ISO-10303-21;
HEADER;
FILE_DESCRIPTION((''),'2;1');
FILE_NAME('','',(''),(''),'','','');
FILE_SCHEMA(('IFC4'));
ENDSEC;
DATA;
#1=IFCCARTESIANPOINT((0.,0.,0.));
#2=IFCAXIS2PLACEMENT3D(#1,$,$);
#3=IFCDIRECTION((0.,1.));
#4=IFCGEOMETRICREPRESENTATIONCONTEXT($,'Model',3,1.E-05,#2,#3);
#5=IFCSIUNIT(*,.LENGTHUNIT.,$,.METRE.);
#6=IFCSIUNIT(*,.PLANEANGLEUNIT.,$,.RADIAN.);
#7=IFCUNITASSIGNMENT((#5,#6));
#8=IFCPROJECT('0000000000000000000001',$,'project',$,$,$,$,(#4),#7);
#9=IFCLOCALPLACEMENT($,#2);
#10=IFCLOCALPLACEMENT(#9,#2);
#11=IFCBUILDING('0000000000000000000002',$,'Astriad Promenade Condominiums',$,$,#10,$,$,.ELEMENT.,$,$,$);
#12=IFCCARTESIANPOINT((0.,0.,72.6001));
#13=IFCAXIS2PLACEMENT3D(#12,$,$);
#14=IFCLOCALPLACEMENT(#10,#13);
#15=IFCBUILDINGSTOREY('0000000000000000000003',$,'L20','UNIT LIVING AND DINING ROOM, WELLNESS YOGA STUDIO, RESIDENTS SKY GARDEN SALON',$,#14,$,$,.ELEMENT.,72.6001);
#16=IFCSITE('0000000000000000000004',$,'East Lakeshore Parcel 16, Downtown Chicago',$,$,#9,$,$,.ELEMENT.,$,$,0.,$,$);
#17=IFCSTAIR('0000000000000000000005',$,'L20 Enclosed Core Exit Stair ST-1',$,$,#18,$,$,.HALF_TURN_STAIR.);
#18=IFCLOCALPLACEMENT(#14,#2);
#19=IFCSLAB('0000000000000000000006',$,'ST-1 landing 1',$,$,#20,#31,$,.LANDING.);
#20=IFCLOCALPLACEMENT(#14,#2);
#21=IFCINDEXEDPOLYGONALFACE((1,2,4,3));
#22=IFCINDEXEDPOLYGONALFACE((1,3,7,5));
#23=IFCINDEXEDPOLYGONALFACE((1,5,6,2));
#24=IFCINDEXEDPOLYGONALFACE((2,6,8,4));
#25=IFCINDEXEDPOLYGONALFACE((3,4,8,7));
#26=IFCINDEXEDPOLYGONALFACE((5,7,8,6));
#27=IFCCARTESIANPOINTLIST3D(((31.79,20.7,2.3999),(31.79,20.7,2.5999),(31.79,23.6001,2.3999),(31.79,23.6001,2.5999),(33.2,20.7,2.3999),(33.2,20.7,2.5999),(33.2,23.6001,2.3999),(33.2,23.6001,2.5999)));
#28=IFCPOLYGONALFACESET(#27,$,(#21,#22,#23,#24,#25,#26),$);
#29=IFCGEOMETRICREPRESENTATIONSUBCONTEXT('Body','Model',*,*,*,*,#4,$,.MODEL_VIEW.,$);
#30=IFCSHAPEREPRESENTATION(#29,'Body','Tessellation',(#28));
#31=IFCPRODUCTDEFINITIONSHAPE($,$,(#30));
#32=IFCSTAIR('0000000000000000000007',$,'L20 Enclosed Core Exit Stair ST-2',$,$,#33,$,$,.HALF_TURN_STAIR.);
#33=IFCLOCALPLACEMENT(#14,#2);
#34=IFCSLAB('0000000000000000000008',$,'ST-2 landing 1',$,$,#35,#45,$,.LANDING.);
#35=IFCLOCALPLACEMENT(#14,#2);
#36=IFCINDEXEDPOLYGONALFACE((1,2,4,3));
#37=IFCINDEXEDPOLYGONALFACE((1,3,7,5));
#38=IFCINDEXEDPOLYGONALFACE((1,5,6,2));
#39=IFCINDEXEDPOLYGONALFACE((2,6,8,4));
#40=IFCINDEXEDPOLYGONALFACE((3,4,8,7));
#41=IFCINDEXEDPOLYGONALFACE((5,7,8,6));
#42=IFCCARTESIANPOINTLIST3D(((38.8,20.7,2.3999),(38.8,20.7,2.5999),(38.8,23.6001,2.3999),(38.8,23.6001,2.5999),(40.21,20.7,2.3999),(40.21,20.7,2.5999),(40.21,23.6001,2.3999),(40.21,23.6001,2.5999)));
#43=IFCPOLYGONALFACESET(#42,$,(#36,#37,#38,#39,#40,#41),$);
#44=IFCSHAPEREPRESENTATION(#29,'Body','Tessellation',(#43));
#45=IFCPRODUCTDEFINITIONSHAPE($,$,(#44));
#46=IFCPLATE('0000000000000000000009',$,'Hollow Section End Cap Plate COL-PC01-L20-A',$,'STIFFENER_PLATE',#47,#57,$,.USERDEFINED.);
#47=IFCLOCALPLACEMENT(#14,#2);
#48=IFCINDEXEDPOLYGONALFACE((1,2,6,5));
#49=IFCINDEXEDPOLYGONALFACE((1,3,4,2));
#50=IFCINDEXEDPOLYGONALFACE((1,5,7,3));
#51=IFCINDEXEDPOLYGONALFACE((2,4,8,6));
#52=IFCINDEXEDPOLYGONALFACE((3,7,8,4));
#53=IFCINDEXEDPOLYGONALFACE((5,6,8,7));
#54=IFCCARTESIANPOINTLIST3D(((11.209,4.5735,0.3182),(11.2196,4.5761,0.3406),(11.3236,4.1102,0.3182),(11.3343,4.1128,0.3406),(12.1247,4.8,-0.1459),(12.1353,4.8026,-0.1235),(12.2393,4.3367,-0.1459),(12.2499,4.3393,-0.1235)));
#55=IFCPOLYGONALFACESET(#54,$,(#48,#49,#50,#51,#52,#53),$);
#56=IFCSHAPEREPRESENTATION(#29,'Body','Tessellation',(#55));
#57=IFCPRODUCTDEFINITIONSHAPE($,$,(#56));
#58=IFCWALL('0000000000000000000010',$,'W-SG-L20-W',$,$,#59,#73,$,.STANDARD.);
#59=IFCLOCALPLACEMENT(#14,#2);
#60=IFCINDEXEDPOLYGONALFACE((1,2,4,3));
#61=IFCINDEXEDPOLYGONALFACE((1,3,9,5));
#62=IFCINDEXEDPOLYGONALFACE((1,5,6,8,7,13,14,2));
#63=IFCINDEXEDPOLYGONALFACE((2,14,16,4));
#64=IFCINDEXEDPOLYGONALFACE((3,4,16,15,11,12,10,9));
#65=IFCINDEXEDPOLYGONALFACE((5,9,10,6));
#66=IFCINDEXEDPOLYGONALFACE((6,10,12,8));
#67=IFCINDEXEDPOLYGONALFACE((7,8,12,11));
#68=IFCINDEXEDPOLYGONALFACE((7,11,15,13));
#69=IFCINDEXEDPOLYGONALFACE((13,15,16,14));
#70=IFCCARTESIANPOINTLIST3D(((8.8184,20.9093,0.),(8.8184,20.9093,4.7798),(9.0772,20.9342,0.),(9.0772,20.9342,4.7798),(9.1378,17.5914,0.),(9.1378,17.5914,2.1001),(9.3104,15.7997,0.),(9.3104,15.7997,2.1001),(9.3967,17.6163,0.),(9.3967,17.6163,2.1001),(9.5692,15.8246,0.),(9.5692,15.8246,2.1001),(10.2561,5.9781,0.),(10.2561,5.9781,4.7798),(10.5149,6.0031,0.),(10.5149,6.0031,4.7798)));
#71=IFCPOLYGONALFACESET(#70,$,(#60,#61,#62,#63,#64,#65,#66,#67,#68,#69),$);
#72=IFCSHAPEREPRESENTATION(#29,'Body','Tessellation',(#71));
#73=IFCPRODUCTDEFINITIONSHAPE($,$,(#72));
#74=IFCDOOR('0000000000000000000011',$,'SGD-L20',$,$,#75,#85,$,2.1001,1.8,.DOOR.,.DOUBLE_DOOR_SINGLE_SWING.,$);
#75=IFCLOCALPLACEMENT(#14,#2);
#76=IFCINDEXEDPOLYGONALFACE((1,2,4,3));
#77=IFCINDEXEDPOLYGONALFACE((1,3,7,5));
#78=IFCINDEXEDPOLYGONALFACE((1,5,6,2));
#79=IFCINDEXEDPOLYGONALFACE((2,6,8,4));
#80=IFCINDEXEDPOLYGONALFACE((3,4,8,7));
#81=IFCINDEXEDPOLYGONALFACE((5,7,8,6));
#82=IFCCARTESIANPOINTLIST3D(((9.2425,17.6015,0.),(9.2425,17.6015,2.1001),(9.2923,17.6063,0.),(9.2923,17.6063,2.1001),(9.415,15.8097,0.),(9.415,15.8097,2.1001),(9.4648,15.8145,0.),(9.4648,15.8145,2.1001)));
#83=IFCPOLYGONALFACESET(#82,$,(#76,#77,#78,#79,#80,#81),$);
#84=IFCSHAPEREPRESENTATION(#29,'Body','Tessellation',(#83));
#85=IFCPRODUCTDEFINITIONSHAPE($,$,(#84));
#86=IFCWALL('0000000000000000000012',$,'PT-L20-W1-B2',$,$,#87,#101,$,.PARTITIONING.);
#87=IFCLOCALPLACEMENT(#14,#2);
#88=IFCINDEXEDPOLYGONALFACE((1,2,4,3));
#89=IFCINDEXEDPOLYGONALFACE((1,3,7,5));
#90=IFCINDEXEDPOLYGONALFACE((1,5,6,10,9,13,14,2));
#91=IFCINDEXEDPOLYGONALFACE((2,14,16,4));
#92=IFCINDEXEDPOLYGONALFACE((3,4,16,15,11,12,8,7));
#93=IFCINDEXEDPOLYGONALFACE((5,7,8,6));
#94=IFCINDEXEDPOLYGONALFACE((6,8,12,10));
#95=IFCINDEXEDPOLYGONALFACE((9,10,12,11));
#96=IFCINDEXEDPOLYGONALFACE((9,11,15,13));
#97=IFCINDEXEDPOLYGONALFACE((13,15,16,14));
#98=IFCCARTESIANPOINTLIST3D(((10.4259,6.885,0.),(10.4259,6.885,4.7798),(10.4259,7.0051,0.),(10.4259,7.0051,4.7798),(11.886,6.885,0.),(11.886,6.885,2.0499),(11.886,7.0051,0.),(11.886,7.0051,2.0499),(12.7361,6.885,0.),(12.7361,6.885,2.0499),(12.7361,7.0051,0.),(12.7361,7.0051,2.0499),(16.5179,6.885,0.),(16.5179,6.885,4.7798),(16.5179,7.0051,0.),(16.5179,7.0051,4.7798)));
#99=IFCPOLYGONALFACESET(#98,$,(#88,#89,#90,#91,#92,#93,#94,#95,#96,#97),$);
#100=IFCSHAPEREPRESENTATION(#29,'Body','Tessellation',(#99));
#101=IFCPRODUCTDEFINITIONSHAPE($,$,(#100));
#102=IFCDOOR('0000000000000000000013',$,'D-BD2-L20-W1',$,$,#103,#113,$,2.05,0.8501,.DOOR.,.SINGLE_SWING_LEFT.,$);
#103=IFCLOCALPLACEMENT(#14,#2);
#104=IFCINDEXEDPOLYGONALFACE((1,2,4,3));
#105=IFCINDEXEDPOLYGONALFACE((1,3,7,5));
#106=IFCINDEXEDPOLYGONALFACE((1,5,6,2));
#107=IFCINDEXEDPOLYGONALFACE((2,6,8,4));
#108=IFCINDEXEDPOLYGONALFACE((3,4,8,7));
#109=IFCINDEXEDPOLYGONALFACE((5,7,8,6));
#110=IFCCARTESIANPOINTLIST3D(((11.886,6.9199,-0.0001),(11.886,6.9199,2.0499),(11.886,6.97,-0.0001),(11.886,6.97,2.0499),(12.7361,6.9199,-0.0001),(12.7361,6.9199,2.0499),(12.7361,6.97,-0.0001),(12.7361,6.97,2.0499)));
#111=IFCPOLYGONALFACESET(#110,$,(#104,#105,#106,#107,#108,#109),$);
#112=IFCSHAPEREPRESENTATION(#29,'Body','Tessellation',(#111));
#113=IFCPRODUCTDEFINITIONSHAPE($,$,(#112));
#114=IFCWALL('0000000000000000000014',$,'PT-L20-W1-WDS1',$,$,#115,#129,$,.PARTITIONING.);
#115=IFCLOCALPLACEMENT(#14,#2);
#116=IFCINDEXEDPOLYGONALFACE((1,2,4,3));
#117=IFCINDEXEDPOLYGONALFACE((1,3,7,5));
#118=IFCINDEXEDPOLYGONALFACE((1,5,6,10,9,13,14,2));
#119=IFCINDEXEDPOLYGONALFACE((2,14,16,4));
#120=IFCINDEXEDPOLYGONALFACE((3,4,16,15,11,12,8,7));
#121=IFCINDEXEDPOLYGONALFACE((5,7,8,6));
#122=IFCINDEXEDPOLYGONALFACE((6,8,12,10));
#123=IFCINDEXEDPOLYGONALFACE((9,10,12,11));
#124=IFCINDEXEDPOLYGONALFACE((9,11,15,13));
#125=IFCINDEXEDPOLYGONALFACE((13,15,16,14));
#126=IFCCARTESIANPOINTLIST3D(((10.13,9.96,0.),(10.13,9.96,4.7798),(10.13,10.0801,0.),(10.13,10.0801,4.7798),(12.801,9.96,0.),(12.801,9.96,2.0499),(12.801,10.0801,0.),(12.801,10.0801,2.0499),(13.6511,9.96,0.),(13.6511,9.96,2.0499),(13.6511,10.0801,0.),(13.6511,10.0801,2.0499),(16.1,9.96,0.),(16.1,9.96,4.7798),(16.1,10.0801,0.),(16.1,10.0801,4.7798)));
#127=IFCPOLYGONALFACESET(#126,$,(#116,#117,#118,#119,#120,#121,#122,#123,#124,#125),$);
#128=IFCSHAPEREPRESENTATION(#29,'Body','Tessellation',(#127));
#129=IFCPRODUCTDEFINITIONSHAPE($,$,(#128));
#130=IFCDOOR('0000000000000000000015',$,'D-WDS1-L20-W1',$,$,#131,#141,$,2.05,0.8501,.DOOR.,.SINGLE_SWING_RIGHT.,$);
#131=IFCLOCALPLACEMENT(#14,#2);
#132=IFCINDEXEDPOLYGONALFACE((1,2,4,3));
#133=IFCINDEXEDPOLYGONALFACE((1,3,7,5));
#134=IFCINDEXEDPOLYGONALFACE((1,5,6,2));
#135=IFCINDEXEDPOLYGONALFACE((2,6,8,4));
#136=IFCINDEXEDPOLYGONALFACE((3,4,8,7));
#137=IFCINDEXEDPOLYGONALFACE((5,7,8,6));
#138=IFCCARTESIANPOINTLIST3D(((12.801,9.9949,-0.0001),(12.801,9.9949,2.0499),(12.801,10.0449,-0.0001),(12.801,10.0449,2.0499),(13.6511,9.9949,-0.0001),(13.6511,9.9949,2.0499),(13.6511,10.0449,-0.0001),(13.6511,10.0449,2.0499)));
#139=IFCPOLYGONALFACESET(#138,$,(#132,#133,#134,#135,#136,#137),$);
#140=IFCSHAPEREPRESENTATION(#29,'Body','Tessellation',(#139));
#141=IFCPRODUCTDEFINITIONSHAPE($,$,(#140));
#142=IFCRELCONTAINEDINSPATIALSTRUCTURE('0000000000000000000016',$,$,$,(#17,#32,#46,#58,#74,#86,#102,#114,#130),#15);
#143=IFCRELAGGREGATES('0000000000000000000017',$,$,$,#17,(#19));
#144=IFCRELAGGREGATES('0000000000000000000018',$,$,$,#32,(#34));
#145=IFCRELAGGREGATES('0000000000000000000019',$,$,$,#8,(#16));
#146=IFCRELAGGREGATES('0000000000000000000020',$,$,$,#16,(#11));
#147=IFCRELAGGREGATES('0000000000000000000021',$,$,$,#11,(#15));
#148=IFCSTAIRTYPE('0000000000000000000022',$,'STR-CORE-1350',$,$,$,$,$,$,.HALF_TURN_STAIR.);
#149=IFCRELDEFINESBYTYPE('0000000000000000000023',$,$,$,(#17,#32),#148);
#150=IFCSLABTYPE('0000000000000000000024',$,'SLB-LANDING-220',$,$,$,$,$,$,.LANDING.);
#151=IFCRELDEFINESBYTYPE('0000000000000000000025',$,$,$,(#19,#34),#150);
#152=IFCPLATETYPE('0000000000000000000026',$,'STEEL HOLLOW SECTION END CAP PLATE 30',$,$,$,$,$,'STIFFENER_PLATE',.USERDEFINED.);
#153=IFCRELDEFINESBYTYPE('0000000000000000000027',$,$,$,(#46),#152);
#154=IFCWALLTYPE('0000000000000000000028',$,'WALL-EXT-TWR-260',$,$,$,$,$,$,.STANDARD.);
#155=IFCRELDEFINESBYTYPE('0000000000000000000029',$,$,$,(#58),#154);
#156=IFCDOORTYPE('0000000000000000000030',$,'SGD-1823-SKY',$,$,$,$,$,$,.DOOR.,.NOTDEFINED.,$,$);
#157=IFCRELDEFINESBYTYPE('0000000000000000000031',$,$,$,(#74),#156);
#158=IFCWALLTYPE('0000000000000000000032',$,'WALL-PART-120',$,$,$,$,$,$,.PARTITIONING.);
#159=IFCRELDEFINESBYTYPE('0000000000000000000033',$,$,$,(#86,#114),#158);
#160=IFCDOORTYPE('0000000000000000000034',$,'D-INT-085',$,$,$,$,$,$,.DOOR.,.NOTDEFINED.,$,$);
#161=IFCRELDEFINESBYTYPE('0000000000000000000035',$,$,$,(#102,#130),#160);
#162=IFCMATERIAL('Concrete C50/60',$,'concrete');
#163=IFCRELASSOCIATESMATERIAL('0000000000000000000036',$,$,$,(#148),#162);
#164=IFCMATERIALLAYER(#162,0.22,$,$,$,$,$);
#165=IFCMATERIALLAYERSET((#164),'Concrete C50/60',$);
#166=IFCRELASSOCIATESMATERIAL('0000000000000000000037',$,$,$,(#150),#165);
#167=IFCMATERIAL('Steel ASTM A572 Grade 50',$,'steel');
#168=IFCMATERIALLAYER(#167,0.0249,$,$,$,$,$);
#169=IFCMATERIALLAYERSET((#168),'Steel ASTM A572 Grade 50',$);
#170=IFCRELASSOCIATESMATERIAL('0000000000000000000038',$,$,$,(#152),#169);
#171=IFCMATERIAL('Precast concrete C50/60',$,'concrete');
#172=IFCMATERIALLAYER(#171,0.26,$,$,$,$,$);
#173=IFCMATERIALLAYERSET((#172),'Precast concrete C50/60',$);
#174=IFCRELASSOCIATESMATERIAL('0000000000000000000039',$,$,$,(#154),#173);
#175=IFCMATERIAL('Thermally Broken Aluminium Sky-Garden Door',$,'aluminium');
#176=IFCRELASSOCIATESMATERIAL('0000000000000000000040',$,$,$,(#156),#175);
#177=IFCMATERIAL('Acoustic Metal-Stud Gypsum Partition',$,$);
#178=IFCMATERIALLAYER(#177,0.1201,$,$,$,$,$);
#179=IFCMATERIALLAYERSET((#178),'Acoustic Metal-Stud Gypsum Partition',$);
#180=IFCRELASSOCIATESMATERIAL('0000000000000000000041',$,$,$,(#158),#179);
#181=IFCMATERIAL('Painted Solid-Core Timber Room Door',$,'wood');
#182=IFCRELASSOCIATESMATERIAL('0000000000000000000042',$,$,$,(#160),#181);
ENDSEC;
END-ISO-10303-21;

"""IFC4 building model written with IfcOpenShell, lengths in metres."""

from ifc_helpers import new_model, si_unit, direction, frame, frame_2d, origin, origin_2d, place, context, subcontext, project, spatial, polyline, rectangle, outline, extrude, source, transform, mapped, material, layer, layer_set, type_object, type_shapes, element, fill, aggregate, save


model = new_model("IFC4")

# Units and contexts
model_context = context("Model", 3, precision=1e-05, world=origin(), true_north=direction((0.0, 1.0)))
body_context = subcontext(model_context, "Body", "Model", "MODEL_VIEW")
ifc_project = project(units=[si_unit("LENGTHUNIT", "METRE"), si_unit("PLANEANGLEUNIT", "RADIAN")], contexts=[model_context])

# Site, building, storey
site_placement = place(None, origin())
site = spatial("IfcSite", under=ifc_project, at=site_placement, Name="East Lakeshore Parcel 16, Downtown Chicago", CompositionType="ELEMENT", RefElevation=0.0)
building_placement = place(site_placement, origin())
building = spatial("IfcBuilding", under=site, at=building_placement, Name="Astriad Promenade Condominiums", CompositionType="ELEMENT")
storey_placement = place(building_placement, frame((0.0, 0.0, 72.6001)))
storey = spatial("IfcBuildingStorey", under=building, at=storey_placement, Name="L20", Description="UNIT LIVING AND DINING ROOM, WELLNESS YOGA STUDIO, RESIDENTS SKY GARDEN SALON", CompositionType="ELEMENT", Elevation=72.6001)

# Stairs, slabs
ifc_material_1 = material(Name="Concrete C50/60", Category="concrete")
stair_type = type_object("IfcStairType", Name="STR-CORE-1350", PredefinedType="HALF_TURN_STAIR", material=ifc_material_1)
stair_1_placement = place(storey_placement, origin())
stair_1 = element("IfcStair", 1, at=stair_1_placement, inside=storey, type_object=stair_type, Name="L20 Enclosed Core Exit Stair ST-1", PredefinedType="HALF_TURN_STAIR")
ifc_layer_1 = layer(ifc_material_1, 0.22)
ifc_layer_set_1 = layer_set([ifc_layer_1], Name="Concrete C50/60")
slab_type_1 = type_object("IfcSlabType", Name="SLB-LANDING-220", PredefinedType="LANDING", material=ifc_layer_set_1)
slab_1_placement = place(storey_placement, frame((0.0, 0.0, 2.3999)))
slab_1 = element("IfcSlab", 2, at=slab_1_placement, type_object=slab_type_1, Name="ST-1 landing 1", PredefinedType="LANDING", context=body_context, shape_type="SweptSolid", body=[
    extrude(outline(polyline([(31.79, 20.7), (33.2, 20.7), (33.2, 23.6001), (31.79, 23.6001), (31.79, 20.7)])), origin(), (0.0, 0.0, 1.0), 0.2),
])
aggregate(stair_1, [slab_1])
stair_2_placement = place(storey_placement, origin())
stair_2 = element("IfcStair", 3, at=stair_2_placement, inside=storey, type_object=stair_type, Name="L20 Enclosed Core Exit Stair ST-2", PredefinedType="HALF_TURN_STAIR")
slab_2_placement = place(storey_placement, frame((0.0, 0.0, 2.3999)))
slab_2 = element("IfcSlab", 4, at=slab_2_placement, type_object=slab_type_1, Name="ST-2 landing 1", PredefinedType="LANDING", context=body_context, shape_type="SweptSolid", body=[
    extrude(outline(polyline([(40.21, 23.6001), (38.8, 23.6001), (38.8, 20.7), (40.21, 20.7), (40.21, 23.6001)])), origin(), (0.0, 0.0, 1.0), 0.2),
])
aggregate(stair_2, [slab_2])

# Plate
ifc_material_2 = material(Name="Steel ASTM A572 Grade 50", Category="steel")
ifc_layer_2 = layer(ifc_material_2, 0.0249)
ifc_layer_set_2 = layer_set([ifc_layer_2], Name="Steel ASTM A572 Grade 50")
plate_type = type_object("IfcPlateType", Name="STEEL HOLLOW SECTION END CAP PLATE 30", ElementType="STIFFENER_PLATE", PredefinedType="USERDEFINED", material=ifc_layer_set_2)
shared_shape_1 = source(origin(), body_context, "Body", "SweptSolid", [
    extrude(rectangle(XDim=0.4773, YDim=1.0513, at=origin_2d()), origin(), (0.0, 0.0, 1.0), 0.0249),
])
type_shapes(plate_type, [shared_shape_1])
plate_placement = place(storey_placement, frame((11.7241, 4.4551, 0.0862), z_axis=(0.428542, 0.106015, 0.89728), x_axis=(-0.240145, 0.970737, 0.0)))
element("IfcPlate", 5, at=plate_placement, inside=storey, type_object=plate_type, Name="Hollow Section End Cap Plate COL-PC01-L20-A", ObjectType="STIFFENER_PLATE", PredefinedType="USERDEFINED", context=body_context, shape_type="MappedRepresentation", body=[
    mapped(shared_shape_1, transform((0.0, 0.0, 0.0), scale=1.0)),
])

# Walls, openings, doors
ifc_material_3 = material(Name="Precast concrete C50/60", Category="concrete")
ifc_layer_3 = layer(ifc_material_3, 0.26)
ifc_layer_set_3 = layer_set([ifc_layer_3], Name="Precast concrete C50/60")
wall_type_1 = type_object("IfcWallType", Name="WALL-EXT-TWR-260", PredefinedType="STANDARD", material=ifc_layer_set_3)
wall_1_placement = place(storey_placement, frame((10.3855, 5.9907, 0.0), z_axis=(0.0, 0.0, 1.0), x_axis=(-0.095848, 0.995396, 0.0)))
wall_1 = element("IfcWall", 6, at=wall_1_placement, inside=storey, type_object=wall_type_1, Name="W-SG-L20-W", PredefinedType="STANDARD", context=body_context, shape_type="SweptSolid", body=[
    extrude(rectangle(XDim=15.0002, YDim=0.26, at=frame_2d((7.5, 0.0))), origin(), (0.0, 0.0, 1.0), 4.7798),
])
opening_1_placement = place(wall_1_placement, frame((9.8669, 0.0, 0.0)))
opening_1 = element("IfcOpeningElement", 7, at=opening_1_placement, cuts=wall_1, PredefinedType="OPENING", context=body_context, shape_type="SweptSolid", body=[
    extrude(rectangle(XDim=1.8, YDim=2.1001, at=frame_2d((0.8999, 1.05))), frame((0.0, 0.1399, 0.0), z_axis=(0.0, -1.0, 0.0), x_axis=(1.0, 0.0, 0.0)), (0.0, 0.0, 1.0), 0.28),
])
ifc_material_4 = material(Name="Thermally Broken Aluminium Sky-Garden Door", Category="aluminium")
door_type_1 = type_object("IfcDoorType", Name="SGD-1823-SKY", OperationType="NOTDEFINED", PredefinedType="DOOR", material=ifc_material_4)
shared_shape_2 = source(origin(), body_context, "Body", "SweptSolid", [
    extrude(rectangle(XDim=1.8, YDim=2.1001, at=frame_2d((0.8999, 1.05))), frame((0.0, 0.0249, 0.0), z_axis=(0.0, -1.0, 0.0), x_axis=(1.0, 0.0, 0.0)), (0.0, 0.0, 1.0), 0.05),
])
type_shapes(door_type_1, [shared_shape_2])
door_1_placement = place(opening_1_placement, origin())
door_1 = element("IfcDoor", 8, at=door_1_placement, inside=storey, type_object=door_type_1, Name="SGD-L20", OperationType="DOUBLE_DOOR_SINGLE_SWING", OverallHeight=2.1001, OverallWidth=1.8, PredefinedType="DOOR", context=body_context, shape_type="MappedRepresentation", body=[
    mapped(shared_shape_2, transform((0.0, 0.0, 0.0), scale=1.0)),
])
fill(opening_1, door_1)
ifc_material_5 = material(Name="Acoustic Metal-Stud Gypsum Partition")
ifc_layer_4 = layer(ifc_material_5, 0.1201)
ifc_layer_set_4 = layer_set([ifc_layer_4], Name="Acoustic Metal-Stud Gypsum Partition")
wall_type_2 = type_object("IfcWallType", Name="WALL-PART-120", PredefinedType="PARTITIONING", material=ifc_layer_set_4)
wall_2_placement = place(storey_placement, frame((10.426, 6.9451, 0.0), z_axis=(0.0, 0.0, 1.0), x_axis=(1.0, 0.0, 0.0)))
wall_2 = element("IfcWall", 9, at=wall_2_placement, inside=storey, type_object=wall_type_2, Name="PT-L20-W1-B2", PredefinedType="PARTITIONING", context=body_context, shape_type="SweptSolid", body=[
    extrude(rectangle(XDim=6.092, YDim=0.1201, at=frame_2d((3.0459, 0.0))), origin(), (0.0, 0.0, 1.0), 4.7798),
])
opening_2_placement = place(wall_2_placement, frame((1.46, 0.0, 0.0)))
opening_2 = element("IfcOpeningElement", 10, at=opening_2_placement, cuts=wall_2, PredefinedType="OPENING", context=body_context, shape_type="SweptSolid", body=[
    extrude(rectangle(XDim=0.8501, YDim=2.05, at=frame_2d((0.425, 1.0249))), frame((0.0, 0.0701, 0.0), z_axis=(0.0, -1.0, 0.0), x_axis=(1.0, 0.0, 0.0)), (0.0, 0.0, 1.0), 0.1401),
])
ifc_material_6 = material(Name="Painted Solid-Core Timber Room Door", Category="wood")
door_type_2 = type_object("IfcDoorType", Name="D-INT-085", OperationType="NOTDEFINED", PredefinedType="DOOR", material=ifc_material_6)
shared_shape_3 = source(origin(), body_context, "Body", "SweptSolid", [
    extrude(rectangle(XDim=0.8501, YDim=2.05, at=frame_2d((0.425, 1.0249))), frame((0.0, 0.0249, 0.0), z_axis=(0.0, -1.0, 0.0), x_axis=(1.0, 0.0, 0.0)), (0.0, 0.0, 1.0), 0.05),
])
type_shapes(door_type_2, [shared_shape_3])
door_2_placement = place(opening_2_placement, origin())
door_2 = element("IfcDoor", 11, at=door_2_placement, inside=storey, type_object=door_type_2, Name="D-BD2-L20-W1", OperationType="SINGLE_SWING_LEFT", OverallHeight=2.05, OverallWidth=0.8501, PredefinedType="DOOR", context=body_context, shape_type="MappedRepresentation", body=[
    mapped(shared_shape_3, transform((0.0, 0.0, 0.0), scale=1.0)),
])
fill(opening_2, door_2)
wall_3_placement = place(storey_placement, frame((10.1301, 10.02, 0.0), z_axis=(0.0, 0.0, 1.0), x_axis=(1.0, 0.0, 0.0)))
wall_3 = element("IfcWall", 12, at=wall_3_placement, inside=storey, type_object=wall_type_2, Name="PT-L20-W1-WDS1", PredefinedType="PARTITIONING", context=body_context, shape_type="SweptSolid", body=[
    extrude(rectangle(XDim=5.97, YDim=0.1201, at=frame_2d((2.9849, 0.0))), origin(), (0.0, 0.0, 1.0), 4.7798),
])
opening_3_placement = place(wall_3_placement, frame((2.6709, 0.0, 0.0)))
opening_3 = element("IfcOpeningElement", 13, at=opening_3_placement, cuts=wall_3, PredefinedType="OPENING", context=body_context, shape_type="SweptSolid", body=[
    extrude(rectangle(XDim=0.8501, YDim=2.05, at=frame_2d((0.425, 1.0249))), frame((0.0, 0.0701, 0.0), z_axis=(0.0, -1.0, 0.0), x_axis=(1.0, 0.0, 0.0)), (0.0, 0.0, 1.0), 0.1401),
])
door_3_placement = place(opening_3_placement, origin())
door_3 = element("IfcDoor", 14, at=door_3_placement, inside=storey, type_object=door_type_2, Name="D-WDS1-L20-W1", OperationType="SINGLE_SWING_RIGHT", OverallHeight=2.05, OverallWidth=0.8501, PredefinedType="DOOR", context=body_context, shape_type="MappedRepresentation", body=[
    mapped(shared_shape_3, transform((0.0, 0.0, 0.0), scale=1.0)),
])
fill(opening_3, door_3)

save(model, "model.ifc")
